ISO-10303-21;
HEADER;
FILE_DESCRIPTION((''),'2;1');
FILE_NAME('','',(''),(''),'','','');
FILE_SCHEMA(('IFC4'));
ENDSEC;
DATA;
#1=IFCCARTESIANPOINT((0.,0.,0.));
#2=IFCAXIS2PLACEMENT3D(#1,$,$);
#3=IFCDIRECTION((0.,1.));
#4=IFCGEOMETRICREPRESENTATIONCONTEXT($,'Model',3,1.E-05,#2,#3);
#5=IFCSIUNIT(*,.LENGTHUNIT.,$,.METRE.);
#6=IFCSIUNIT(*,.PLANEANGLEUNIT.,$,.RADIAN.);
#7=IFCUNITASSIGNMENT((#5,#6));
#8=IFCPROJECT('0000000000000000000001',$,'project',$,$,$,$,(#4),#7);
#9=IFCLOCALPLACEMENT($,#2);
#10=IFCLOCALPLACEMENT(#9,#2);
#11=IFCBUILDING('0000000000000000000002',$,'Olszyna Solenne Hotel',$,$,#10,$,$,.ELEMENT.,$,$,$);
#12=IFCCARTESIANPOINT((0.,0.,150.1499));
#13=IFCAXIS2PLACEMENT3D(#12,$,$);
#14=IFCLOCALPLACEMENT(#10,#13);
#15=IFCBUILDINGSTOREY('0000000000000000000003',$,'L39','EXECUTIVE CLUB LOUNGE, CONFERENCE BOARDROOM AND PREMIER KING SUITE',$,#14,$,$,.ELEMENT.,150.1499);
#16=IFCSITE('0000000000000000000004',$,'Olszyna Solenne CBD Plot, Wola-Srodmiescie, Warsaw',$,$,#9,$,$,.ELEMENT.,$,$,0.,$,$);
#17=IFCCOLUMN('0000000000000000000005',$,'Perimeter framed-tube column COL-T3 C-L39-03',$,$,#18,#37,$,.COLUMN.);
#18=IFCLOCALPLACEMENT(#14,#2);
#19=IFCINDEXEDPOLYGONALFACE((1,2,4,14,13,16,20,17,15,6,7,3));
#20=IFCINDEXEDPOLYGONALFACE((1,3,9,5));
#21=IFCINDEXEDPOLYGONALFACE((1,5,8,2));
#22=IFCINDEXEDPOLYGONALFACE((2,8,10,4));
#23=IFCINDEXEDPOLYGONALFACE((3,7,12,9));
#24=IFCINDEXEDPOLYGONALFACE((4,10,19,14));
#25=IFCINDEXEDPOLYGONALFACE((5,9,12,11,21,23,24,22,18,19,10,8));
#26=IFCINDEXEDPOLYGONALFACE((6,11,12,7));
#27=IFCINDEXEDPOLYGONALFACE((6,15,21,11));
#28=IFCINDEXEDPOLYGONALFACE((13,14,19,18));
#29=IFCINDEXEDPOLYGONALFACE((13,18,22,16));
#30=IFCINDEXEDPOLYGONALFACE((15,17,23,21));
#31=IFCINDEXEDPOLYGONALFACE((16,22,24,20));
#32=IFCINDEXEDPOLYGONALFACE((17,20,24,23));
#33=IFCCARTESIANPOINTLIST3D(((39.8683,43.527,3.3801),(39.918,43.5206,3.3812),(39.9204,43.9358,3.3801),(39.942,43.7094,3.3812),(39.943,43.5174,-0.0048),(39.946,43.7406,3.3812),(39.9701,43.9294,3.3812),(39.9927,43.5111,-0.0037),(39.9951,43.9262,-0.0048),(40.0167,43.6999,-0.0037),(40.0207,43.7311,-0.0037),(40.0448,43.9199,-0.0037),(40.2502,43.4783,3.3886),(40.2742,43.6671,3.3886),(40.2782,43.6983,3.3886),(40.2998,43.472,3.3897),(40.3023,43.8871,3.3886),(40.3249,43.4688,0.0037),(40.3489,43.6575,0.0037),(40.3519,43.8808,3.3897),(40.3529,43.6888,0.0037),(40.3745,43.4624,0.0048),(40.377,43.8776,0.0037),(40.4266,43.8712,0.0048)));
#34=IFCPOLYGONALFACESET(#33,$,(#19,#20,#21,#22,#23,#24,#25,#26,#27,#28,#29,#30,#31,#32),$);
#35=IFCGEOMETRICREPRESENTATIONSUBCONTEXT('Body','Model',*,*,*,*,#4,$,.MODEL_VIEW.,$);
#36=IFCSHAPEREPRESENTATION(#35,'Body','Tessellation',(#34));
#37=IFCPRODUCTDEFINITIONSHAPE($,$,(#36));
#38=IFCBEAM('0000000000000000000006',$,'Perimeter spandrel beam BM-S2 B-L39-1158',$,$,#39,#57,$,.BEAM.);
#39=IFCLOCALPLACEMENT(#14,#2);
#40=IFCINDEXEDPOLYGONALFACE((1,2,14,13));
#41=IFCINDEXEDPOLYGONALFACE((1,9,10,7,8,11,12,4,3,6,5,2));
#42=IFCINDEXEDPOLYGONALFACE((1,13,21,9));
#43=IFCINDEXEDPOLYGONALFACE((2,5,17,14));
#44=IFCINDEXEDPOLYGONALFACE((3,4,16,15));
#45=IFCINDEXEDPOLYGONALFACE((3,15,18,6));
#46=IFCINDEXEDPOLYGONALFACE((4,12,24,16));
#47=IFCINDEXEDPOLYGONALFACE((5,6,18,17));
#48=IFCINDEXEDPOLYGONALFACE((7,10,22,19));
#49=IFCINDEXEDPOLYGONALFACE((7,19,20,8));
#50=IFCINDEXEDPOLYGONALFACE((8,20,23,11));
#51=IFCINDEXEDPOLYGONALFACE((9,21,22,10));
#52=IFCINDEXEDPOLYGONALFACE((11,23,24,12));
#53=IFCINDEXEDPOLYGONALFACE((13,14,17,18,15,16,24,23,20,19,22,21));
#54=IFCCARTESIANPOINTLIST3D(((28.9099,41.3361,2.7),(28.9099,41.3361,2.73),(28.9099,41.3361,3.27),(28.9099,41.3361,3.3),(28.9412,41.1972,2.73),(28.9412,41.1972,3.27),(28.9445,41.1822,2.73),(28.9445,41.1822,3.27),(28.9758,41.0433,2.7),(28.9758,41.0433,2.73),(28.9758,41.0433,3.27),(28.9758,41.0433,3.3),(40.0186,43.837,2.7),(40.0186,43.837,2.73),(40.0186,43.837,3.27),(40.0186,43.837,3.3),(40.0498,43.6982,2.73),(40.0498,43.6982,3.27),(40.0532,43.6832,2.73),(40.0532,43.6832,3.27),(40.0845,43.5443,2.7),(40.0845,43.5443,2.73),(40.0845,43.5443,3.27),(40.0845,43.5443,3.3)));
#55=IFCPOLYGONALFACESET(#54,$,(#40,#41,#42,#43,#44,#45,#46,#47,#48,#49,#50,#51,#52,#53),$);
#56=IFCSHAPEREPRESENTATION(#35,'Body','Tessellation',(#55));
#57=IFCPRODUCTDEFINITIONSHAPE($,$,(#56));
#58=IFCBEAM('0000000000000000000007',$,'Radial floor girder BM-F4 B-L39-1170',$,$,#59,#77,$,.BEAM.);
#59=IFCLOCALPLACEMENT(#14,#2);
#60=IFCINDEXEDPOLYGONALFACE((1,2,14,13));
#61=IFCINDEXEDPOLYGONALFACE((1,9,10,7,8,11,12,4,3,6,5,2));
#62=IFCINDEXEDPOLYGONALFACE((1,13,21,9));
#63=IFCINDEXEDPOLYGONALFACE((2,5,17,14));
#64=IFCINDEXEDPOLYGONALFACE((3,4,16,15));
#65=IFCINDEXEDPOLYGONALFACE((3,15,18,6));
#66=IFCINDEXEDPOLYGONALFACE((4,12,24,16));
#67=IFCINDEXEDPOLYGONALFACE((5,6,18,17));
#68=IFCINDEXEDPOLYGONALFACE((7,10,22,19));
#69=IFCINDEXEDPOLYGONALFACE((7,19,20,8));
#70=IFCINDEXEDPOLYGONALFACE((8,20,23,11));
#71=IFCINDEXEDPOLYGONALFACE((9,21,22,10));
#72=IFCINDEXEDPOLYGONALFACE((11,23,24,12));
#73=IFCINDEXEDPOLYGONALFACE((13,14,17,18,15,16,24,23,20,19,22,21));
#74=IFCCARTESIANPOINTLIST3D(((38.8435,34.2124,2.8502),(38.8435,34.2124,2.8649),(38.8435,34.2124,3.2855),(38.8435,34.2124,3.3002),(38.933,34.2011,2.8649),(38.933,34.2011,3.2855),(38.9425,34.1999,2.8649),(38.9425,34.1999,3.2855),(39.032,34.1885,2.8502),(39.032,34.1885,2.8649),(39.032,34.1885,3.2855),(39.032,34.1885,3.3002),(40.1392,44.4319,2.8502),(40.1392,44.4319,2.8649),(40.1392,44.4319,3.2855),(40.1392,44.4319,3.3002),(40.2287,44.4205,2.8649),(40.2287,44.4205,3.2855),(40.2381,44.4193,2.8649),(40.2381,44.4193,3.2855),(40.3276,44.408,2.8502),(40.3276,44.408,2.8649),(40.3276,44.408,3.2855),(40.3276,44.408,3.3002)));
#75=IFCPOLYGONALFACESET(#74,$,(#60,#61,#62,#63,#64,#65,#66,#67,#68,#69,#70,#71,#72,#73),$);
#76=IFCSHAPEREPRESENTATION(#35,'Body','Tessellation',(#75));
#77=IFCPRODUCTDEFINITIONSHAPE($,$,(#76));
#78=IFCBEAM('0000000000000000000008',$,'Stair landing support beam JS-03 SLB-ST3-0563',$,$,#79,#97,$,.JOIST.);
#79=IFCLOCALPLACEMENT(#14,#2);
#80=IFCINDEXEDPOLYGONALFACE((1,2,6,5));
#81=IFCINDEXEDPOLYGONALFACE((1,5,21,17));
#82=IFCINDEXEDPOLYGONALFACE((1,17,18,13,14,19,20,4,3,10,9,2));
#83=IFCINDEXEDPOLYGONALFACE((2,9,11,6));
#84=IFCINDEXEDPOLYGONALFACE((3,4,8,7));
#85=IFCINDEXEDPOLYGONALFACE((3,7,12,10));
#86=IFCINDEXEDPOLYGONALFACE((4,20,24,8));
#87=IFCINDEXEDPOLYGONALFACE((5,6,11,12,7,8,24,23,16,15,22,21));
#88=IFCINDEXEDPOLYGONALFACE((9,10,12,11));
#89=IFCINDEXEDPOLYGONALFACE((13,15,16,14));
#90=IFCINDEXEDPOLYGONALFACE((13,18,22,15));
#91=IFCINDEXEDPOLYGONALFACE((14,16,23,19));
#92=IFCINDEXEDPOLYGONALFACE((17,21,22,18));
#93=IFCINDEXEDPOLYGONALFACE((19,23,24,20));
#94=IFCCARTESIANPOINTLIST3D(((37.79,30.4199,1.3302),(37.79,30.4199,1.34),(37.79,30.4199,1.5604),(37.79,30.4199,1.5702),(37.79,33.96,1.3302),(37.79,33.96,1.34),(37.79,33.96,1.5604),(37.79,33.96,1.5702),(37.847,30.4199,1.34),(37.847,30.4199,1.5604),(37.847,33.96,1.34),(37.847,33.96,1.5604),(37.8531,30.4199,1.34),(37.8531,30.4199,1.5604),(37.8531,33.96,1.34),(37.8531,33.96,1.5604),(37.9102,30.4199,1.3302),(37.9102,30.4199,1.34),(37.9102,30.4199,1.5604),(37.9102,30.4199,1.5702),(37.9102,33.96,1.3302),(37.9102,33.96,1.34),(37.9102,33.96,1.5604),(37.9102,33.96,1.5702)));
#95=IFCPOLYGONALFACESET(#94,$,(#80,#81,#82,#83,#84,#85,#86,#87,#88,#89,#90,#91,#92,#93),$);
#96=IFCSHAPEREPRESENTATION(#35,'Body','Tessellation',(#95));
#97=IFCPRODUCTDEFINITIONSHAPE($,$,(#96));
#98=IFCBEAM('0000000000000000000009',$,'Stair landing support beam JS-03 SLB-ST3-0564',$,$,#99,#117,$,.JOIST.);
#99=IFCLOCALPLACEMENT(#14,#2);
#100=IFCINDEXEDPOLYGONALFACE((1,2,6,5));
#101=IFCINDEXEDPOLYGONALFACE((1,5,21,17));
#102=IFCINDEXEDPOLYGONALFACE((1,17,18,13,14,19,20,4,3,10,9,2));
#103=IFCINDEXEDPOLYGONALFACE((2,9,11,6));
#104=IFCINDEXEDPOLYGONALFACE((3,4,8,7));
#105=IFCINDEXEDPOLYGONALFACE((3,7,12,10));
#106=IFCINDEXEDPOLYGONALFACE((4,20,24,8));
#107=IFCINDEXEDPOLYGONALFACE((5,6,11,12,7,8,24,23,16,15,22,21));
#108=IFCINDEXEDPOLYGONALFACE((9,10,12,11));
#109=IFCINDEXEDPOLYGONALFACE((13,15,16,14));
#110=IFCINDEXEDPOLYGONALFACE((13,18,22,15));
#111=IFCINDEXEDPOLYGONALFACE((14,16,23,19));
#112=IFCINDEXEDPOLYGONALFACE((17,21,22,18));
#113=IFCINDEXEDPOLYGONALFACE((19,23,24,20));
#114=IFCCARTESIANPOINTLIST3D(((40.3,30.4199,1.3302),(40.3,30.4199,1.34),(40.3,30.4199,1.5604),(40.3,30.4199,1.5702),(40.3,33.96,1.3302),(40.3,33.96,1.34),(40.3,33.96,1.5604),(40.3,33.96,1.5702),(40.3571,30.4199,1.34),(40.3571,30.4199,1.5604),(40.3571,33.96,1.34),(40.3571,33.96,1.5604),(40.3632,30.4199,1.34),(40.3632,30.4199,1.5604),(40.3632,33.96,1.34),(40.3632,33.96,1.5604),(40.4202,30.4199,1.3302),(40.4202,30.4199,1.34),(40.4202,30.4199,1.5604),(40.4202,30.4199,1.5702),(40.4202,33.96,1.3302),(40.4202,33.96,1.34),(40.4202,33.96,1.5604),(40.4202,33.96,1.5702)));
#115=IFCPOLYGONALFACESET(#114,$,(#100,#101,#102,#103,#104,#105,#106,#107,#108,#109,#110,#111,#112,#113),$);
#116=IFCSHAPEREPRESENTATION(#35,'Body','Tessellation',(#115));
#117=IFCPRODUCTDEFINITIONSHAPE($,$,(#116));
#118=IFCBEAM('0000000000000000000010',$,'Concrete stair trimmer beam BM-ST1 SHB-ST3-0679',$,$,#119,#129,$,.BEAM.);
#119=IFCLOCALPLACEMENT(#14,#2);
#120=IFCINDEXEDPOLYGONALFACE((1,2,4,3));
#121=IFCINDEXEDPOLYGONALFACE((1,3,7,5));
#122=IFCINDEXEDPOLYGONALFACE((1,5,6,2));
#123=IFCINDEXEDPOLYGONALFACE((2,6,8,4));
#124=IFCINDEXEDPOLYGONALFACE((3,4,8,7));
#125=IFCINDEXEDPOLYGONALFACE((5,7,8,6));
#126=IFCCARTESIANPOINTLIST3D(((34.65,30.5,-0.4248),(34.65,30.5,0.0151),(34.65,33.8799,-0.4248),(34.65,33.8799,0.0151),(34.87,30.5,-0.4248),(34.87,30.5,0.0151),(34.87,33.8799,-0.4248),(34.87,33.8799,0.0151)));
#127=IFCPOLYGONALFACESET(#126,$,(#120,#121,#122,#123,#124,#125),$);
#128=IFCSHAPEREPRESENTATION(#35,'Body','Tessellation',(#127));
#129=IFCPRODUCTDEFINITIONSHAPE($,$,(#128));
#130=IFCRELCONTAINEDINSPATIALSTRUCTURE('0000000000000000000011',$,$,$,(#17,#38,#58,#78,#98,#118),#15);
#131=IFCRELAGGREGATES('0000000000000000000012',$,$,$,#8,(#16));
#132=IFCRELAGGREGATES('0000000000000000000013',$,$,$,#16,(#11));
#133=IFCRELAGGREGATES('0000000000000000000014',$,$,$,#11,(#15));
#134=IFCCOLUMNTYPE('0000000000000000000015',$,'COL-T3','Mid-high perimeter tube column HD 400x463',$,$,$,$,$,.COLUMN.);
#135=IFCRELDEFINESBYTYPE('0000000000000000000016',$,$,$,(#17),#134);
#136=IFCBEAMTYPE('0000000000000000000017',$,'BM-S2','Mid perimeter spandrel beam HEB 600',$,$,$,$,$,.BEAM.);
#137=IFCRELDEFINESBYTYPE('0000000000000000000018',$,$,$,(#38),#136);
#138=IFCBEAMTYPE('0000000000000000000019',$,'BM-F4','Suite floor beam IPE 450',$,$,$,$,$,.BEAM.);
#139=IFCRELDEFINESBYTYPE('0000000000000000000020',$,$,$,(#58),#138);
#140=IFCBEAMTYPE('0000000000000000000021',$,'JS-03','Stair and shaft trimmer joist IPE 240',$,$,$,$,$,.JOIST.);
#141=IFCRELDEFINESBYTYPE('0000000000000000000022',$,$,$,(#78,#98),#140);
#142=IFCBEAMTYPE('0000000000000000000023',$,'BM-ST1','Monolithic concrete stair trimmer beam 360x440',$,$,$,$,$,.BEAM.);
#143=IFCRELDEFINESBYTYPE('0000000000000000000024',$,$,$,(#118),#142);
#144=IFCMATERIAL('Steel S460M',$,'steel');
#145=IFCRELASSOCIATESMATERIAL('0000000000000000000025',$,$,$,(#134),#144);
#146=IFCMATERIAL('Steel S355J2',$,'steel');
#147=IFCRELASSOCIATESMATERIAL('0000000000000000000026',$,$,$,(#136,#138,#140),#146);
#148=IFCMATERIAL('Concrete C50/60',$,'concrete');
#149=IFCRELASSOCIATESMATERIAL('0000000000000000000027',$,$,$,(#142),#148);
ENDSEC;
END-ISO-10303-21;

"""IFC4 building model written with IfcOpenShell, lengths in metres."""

from ifc_helpers import new_model, si_unit, direction, frame, origin, origin_2d, place, context, subcontext, project, spatial, rectangle, i_section, extrude, source, transform, mapped, material, material_profile, profile_set, type_object, element, save


model = new_model("IFC4")

# Units and contexts
model_context = context("Model", 3, precision=1e-05, world=origin(), true_north=direction((0.0, 1.0)))
body_context = subcontext(model_context, "Body", "Model", "MODEL_VIEW")
ifc_project = project(units=[si_unit("LENGTHUNIT", "METRE"), si_unit("PLANEANGLEUNIT", "RADIAN")], contexts=[model_context])

# Site, building, storey
site_placement = place(None, origin())
site = spatial("IfcSite", under=ifc_project, at=site_placement, Name="Olszyna Solenne CBD Plot, Wola-Srodmiescie, Warsaw", CompositionType="ELEMENT", RefElevation=0.0)
building_placement = place(site_placement, origin())
building = spatial("IfcBuilding", under=site, at=building_placement, Name="Olszyna Solenne Hotel", CompositionType="ELEMENT")
storey_placement = place(building_placement, frame((0.0, 0.0, 150.1499)))
storey = spatial("IfcBuildingStorey", under=building, at=storey_placement, Name="L39", Description="EXECUTIVE CLUB LOUNGE, CONFERENCE BOARDROOM AND PREMIER KING SUITE", CompositionType="ELEMENT", Elevation=150.1499)

# Column
ifc_material_1 = material(Name="Steel S460M", Category="steel")
ifc_material_profile_1 = material_profile(ifc_material_1, i_section(OverallWidth=0.4121, OverallDepth=0.4351, WebThickness=0.0315, FlangeThickness=0.05, at=origin_2d()), Name="HD 400x463", Category="load-bearing")
ifc_profile_set_1 = profile_set([ifc_material_profile_1], Name="Steel S460M")
column_type = type_object("IfcColumnType", Name="COL-T3", Description="Mid-high perimeter tube column HD 400x463", PredefinedType="COLUMN", material=ifc_profile_set_1)
shared_shape_1 = source(origin(), body_context, "Body", "SweptSolid", [
    extrude(i_section(OverallWidth=0.4121, OverallDepth=0.4351, WebThickness=0.0315, FlangeThickness=0.05, at=origin_2d()), origin(), (0.0, 0.0, 1.0), 3.3857),
])
column_placement = place(storey_placement, frame((40.1848, 43.6943, 0.0), z_axis=(-0.022065, 0.002812, 0.999753), x_axis=(-0.126428, -0.991976, 0.0)))
element("IfcColumn", 1, at=column_placement, inside=storey, type_object=column_type, Name="Perimeter framed-tube column COL-T3 C-L39-03", PredefinedType="COLUMN", context=body_context, shape_type="MappedRepresentation", body=[
    mapped(shared_shape_1, transform((0.0, 0.0, 0.0), x_axis=(1.0, 0.0, 0.0), y_axis=(0.0, 1.0, 0.0), z_axis=(0.0, 0.0, 1.0), scale=1.0)),
])

# Beams
ifc_material_2 = material(Name="Steel S355J2", Category="steel")
ifc_material_profile_2 = material_profile(ifc_material_2, i_section(OverallWidth=0.3, OverallDepth=0.6001, WebThickness=0.0154, FlangeThickness=0.03, at=origin_2d()), Name="HEB 600", Category="load-bearing")
ifc_profile_set_2 = profile_set([ifc_material_profile_2], Name="Steel S355J2")
beam_type_1 = type_object("IfcBeamType", Name="BM-S2", Description="Mid perimeter spandrel beam HEB 600", PredefinedType="BEAM", material=ifc_profile_set_2)
shared_shape_2 = source(origin(), body_context, "Body", "SweptSolid", [
    extrude(i_section(OverallWidth=0.3, OverallDepth=0.6001, WebThickness=0.0154, FlangeThickness=0.03, at=origin_2d()), origin(), (0.0, 0.0, 1.0), 11.3867),
])
beam_1_placement = place(storey_placement, frame((40.0515, 43.6907, 3.0), z_axis=(-0.975581, -0.21964, 0.0), x_axis=(0.21964, -0.975581, 0.0)))
element("IfcBeam", 2, at=beam_1_placement, inside=storey, type_object=beam_type_1, Name="Perimeter spandrel beam BM-S2 B-L39-1158", PredefinedType="BEAM", context=body_context, shape_type="MappedRepresentation", body=[
    mapped(shared_shape_2, transform((0.0, 0.0, 0.0), x_axis=(1.0, 0.0, 0.0), y_axis=(0.0, 1.0, 0.0), z_axis=(0.0, 0.0, 1.0), scale=1.0)),
])
ifc_material_profile_3 = material_profile(ifc_material_2, i_section(OverallWidth=0.1899, OverallDepth=0.45, WebThickness=0.0095, FlangeThickness=0.0146, at=origin_2d()), Name="IPE 450", Category="load-bearing")
ifc_profile_set_3 = profile_set([ifc_material_profile_3], Name="Steel S355J2")
beam_type_2 = type_object("IfcBeamType", Name="BM-F4", Description="Suite floor beam IPE 450", PredefinedType="BEAM", material=ifc_profile_set_3)
shared_shape_3 = source(origin(), body_context, "Body", "SweptSolid", [
    extrude(i_section(OverallWidth=0.1899, OverallDepth=0.45, WebThickness=0.0095, FlangeThickness=0.0146, at=origin_2d()), origin(), (0.0, 0.0, 1.0), 10.3013),
])
beam_2_placement = place(storey_placement, frame((40.2334, 44.4199, 3.0752), z_axis=(-0.125776, -0.992059, 0.0), x_axis=(0.992059, -0.125776, 0.0)))
element("IfcBeam", 3, at=beam_2_placement, inside=storey, type_object=beam_type_2, Name="Radial floor girder BM-F4 B-L39-1170", PredefinedType="BEAM", context=body_context, shape_type="MappedRepresentation", body=[
    mapped(shared_shape_3, transform((0.0, 0.0, 0.0), x_axis=(1.0, 0.0, 0.0), y_axis=(0.0, 1.0, 0.0), z_axis=(0.0, 0.0, 1.0), scale=1.0)),
])
ifc_material_profile_4 = material_profile(ifc_material_2, i_section(OverallWidth=0.1201, OverallDepth=0.24, WebThickness=0.0061, FlangeThickness=0.0098, at=origin_2d()), Name="IPE 240", Category="load-bearing")
ifc_profile_set_4 = profile_set([ifc_material_profile_4], Name="Steel S355J2")
beam_type_3 = type_object("IfcBeamType", Name="JS-03", Description="Stair and shaft trimmer joist IPE 240", PredefinedType="JOIST", material=ifc_profile_set_4)
shared_shape_4 = source(origin(), body_context, "Body", "SweptSolid", [
    extrude(i_section(OverallWidth=0.1201, OverallDepth=0.24, WebThickness=0.0061, FlangeThickness=0.0098, at=origin_2d()), origin(), (0.0, 0.0, 1.0), 3.54),
])
for number, where, z_axis, x_axis, name in (
    (4, (37.8501, 30.4199, 1.4502), (0.0, 1.0, 0.0), (-1.0, 0.0, 0.0), "Stair landing support beam JS-03 SLB-ST3-0563"),
    (5, (40.3601, 30.4199, 1.4502), (0.0, 1.0, 0.0), (-1.0, 0.0, 0.0), "Stair landing support beam JS-03 SLB-ST3-0564"),
):
    element("IfcBeam", number, at=place(storey_placement, frame(where, z_axis=z_axis, x_axis=x_axis)), inside=storey, type_object=beam_type_3, Name=name, PredefinedType="JOIST", context=body_context, shape_type="MappedRepresentation", body=[
        mapped(shared_shape_4, transform((0.0, 0.0, 0.0), x_axis=(1.0, 0.0, 0.0), y_axis=(0.0, 1.0, 0.0), z_axis=(0.0, 0.0, 1.0), scale=1.0)),
    ])
ifc_material_3 = material(Name="Concrete C50/60", Category="concrete")
ifc_material_profile_5 = material_profile(ifc_material_3, rectangle(XDim=0.22, YDim=0.4399, at=origin_2d()), Name="RC 220x440", Category="load-bearing")
ifc_profile_set_5 = profile_set([ifc_material_profile_5], Name="Concrete C50/60")
beam_type_4 = type_object("IfcBeamType", Name="BM-ST1", Description="Monolithic concrete stair trimmer beam 360x440", PredefinedType="BEAM", material=ifc_profile_set_5)
shared_shape_5 = source(origin(), body_context, "Body", "SweptSolid", [
    extrude(rectangle(XDim=0.22, YDim=0.4399, at=origin_2d()), origin(), (0.0, 0.0, 1.0), 3.3799),
])
beam_3_placement = place(storey_placement, frame((34.76, 30.5, -0.2048), z_axis=(0.0, 1.0, 0.0), x_axis=(-1.0, 0.0, 0.0)))
element("IfcBeam", 6, at=beam_3_placement, inside=storey, type_object=beam_type_4, Name="Concrete stair trimmer beam BM-ST1 SHB-ST3-0679", PredefinedType="BEAM", context=body_context, shape_type="MappedRepresentation", body=[
    mapped(shared_shape_5, transform((0.0, 0.0, 0.0), x_axis=(1.0, 0.0, 0.0), y_axis=(0.0, 1.0, 0.0), z_axis=(0.0, 0.0, 1.0), scale=1.0)),
])

save(model, "model.ifc")
